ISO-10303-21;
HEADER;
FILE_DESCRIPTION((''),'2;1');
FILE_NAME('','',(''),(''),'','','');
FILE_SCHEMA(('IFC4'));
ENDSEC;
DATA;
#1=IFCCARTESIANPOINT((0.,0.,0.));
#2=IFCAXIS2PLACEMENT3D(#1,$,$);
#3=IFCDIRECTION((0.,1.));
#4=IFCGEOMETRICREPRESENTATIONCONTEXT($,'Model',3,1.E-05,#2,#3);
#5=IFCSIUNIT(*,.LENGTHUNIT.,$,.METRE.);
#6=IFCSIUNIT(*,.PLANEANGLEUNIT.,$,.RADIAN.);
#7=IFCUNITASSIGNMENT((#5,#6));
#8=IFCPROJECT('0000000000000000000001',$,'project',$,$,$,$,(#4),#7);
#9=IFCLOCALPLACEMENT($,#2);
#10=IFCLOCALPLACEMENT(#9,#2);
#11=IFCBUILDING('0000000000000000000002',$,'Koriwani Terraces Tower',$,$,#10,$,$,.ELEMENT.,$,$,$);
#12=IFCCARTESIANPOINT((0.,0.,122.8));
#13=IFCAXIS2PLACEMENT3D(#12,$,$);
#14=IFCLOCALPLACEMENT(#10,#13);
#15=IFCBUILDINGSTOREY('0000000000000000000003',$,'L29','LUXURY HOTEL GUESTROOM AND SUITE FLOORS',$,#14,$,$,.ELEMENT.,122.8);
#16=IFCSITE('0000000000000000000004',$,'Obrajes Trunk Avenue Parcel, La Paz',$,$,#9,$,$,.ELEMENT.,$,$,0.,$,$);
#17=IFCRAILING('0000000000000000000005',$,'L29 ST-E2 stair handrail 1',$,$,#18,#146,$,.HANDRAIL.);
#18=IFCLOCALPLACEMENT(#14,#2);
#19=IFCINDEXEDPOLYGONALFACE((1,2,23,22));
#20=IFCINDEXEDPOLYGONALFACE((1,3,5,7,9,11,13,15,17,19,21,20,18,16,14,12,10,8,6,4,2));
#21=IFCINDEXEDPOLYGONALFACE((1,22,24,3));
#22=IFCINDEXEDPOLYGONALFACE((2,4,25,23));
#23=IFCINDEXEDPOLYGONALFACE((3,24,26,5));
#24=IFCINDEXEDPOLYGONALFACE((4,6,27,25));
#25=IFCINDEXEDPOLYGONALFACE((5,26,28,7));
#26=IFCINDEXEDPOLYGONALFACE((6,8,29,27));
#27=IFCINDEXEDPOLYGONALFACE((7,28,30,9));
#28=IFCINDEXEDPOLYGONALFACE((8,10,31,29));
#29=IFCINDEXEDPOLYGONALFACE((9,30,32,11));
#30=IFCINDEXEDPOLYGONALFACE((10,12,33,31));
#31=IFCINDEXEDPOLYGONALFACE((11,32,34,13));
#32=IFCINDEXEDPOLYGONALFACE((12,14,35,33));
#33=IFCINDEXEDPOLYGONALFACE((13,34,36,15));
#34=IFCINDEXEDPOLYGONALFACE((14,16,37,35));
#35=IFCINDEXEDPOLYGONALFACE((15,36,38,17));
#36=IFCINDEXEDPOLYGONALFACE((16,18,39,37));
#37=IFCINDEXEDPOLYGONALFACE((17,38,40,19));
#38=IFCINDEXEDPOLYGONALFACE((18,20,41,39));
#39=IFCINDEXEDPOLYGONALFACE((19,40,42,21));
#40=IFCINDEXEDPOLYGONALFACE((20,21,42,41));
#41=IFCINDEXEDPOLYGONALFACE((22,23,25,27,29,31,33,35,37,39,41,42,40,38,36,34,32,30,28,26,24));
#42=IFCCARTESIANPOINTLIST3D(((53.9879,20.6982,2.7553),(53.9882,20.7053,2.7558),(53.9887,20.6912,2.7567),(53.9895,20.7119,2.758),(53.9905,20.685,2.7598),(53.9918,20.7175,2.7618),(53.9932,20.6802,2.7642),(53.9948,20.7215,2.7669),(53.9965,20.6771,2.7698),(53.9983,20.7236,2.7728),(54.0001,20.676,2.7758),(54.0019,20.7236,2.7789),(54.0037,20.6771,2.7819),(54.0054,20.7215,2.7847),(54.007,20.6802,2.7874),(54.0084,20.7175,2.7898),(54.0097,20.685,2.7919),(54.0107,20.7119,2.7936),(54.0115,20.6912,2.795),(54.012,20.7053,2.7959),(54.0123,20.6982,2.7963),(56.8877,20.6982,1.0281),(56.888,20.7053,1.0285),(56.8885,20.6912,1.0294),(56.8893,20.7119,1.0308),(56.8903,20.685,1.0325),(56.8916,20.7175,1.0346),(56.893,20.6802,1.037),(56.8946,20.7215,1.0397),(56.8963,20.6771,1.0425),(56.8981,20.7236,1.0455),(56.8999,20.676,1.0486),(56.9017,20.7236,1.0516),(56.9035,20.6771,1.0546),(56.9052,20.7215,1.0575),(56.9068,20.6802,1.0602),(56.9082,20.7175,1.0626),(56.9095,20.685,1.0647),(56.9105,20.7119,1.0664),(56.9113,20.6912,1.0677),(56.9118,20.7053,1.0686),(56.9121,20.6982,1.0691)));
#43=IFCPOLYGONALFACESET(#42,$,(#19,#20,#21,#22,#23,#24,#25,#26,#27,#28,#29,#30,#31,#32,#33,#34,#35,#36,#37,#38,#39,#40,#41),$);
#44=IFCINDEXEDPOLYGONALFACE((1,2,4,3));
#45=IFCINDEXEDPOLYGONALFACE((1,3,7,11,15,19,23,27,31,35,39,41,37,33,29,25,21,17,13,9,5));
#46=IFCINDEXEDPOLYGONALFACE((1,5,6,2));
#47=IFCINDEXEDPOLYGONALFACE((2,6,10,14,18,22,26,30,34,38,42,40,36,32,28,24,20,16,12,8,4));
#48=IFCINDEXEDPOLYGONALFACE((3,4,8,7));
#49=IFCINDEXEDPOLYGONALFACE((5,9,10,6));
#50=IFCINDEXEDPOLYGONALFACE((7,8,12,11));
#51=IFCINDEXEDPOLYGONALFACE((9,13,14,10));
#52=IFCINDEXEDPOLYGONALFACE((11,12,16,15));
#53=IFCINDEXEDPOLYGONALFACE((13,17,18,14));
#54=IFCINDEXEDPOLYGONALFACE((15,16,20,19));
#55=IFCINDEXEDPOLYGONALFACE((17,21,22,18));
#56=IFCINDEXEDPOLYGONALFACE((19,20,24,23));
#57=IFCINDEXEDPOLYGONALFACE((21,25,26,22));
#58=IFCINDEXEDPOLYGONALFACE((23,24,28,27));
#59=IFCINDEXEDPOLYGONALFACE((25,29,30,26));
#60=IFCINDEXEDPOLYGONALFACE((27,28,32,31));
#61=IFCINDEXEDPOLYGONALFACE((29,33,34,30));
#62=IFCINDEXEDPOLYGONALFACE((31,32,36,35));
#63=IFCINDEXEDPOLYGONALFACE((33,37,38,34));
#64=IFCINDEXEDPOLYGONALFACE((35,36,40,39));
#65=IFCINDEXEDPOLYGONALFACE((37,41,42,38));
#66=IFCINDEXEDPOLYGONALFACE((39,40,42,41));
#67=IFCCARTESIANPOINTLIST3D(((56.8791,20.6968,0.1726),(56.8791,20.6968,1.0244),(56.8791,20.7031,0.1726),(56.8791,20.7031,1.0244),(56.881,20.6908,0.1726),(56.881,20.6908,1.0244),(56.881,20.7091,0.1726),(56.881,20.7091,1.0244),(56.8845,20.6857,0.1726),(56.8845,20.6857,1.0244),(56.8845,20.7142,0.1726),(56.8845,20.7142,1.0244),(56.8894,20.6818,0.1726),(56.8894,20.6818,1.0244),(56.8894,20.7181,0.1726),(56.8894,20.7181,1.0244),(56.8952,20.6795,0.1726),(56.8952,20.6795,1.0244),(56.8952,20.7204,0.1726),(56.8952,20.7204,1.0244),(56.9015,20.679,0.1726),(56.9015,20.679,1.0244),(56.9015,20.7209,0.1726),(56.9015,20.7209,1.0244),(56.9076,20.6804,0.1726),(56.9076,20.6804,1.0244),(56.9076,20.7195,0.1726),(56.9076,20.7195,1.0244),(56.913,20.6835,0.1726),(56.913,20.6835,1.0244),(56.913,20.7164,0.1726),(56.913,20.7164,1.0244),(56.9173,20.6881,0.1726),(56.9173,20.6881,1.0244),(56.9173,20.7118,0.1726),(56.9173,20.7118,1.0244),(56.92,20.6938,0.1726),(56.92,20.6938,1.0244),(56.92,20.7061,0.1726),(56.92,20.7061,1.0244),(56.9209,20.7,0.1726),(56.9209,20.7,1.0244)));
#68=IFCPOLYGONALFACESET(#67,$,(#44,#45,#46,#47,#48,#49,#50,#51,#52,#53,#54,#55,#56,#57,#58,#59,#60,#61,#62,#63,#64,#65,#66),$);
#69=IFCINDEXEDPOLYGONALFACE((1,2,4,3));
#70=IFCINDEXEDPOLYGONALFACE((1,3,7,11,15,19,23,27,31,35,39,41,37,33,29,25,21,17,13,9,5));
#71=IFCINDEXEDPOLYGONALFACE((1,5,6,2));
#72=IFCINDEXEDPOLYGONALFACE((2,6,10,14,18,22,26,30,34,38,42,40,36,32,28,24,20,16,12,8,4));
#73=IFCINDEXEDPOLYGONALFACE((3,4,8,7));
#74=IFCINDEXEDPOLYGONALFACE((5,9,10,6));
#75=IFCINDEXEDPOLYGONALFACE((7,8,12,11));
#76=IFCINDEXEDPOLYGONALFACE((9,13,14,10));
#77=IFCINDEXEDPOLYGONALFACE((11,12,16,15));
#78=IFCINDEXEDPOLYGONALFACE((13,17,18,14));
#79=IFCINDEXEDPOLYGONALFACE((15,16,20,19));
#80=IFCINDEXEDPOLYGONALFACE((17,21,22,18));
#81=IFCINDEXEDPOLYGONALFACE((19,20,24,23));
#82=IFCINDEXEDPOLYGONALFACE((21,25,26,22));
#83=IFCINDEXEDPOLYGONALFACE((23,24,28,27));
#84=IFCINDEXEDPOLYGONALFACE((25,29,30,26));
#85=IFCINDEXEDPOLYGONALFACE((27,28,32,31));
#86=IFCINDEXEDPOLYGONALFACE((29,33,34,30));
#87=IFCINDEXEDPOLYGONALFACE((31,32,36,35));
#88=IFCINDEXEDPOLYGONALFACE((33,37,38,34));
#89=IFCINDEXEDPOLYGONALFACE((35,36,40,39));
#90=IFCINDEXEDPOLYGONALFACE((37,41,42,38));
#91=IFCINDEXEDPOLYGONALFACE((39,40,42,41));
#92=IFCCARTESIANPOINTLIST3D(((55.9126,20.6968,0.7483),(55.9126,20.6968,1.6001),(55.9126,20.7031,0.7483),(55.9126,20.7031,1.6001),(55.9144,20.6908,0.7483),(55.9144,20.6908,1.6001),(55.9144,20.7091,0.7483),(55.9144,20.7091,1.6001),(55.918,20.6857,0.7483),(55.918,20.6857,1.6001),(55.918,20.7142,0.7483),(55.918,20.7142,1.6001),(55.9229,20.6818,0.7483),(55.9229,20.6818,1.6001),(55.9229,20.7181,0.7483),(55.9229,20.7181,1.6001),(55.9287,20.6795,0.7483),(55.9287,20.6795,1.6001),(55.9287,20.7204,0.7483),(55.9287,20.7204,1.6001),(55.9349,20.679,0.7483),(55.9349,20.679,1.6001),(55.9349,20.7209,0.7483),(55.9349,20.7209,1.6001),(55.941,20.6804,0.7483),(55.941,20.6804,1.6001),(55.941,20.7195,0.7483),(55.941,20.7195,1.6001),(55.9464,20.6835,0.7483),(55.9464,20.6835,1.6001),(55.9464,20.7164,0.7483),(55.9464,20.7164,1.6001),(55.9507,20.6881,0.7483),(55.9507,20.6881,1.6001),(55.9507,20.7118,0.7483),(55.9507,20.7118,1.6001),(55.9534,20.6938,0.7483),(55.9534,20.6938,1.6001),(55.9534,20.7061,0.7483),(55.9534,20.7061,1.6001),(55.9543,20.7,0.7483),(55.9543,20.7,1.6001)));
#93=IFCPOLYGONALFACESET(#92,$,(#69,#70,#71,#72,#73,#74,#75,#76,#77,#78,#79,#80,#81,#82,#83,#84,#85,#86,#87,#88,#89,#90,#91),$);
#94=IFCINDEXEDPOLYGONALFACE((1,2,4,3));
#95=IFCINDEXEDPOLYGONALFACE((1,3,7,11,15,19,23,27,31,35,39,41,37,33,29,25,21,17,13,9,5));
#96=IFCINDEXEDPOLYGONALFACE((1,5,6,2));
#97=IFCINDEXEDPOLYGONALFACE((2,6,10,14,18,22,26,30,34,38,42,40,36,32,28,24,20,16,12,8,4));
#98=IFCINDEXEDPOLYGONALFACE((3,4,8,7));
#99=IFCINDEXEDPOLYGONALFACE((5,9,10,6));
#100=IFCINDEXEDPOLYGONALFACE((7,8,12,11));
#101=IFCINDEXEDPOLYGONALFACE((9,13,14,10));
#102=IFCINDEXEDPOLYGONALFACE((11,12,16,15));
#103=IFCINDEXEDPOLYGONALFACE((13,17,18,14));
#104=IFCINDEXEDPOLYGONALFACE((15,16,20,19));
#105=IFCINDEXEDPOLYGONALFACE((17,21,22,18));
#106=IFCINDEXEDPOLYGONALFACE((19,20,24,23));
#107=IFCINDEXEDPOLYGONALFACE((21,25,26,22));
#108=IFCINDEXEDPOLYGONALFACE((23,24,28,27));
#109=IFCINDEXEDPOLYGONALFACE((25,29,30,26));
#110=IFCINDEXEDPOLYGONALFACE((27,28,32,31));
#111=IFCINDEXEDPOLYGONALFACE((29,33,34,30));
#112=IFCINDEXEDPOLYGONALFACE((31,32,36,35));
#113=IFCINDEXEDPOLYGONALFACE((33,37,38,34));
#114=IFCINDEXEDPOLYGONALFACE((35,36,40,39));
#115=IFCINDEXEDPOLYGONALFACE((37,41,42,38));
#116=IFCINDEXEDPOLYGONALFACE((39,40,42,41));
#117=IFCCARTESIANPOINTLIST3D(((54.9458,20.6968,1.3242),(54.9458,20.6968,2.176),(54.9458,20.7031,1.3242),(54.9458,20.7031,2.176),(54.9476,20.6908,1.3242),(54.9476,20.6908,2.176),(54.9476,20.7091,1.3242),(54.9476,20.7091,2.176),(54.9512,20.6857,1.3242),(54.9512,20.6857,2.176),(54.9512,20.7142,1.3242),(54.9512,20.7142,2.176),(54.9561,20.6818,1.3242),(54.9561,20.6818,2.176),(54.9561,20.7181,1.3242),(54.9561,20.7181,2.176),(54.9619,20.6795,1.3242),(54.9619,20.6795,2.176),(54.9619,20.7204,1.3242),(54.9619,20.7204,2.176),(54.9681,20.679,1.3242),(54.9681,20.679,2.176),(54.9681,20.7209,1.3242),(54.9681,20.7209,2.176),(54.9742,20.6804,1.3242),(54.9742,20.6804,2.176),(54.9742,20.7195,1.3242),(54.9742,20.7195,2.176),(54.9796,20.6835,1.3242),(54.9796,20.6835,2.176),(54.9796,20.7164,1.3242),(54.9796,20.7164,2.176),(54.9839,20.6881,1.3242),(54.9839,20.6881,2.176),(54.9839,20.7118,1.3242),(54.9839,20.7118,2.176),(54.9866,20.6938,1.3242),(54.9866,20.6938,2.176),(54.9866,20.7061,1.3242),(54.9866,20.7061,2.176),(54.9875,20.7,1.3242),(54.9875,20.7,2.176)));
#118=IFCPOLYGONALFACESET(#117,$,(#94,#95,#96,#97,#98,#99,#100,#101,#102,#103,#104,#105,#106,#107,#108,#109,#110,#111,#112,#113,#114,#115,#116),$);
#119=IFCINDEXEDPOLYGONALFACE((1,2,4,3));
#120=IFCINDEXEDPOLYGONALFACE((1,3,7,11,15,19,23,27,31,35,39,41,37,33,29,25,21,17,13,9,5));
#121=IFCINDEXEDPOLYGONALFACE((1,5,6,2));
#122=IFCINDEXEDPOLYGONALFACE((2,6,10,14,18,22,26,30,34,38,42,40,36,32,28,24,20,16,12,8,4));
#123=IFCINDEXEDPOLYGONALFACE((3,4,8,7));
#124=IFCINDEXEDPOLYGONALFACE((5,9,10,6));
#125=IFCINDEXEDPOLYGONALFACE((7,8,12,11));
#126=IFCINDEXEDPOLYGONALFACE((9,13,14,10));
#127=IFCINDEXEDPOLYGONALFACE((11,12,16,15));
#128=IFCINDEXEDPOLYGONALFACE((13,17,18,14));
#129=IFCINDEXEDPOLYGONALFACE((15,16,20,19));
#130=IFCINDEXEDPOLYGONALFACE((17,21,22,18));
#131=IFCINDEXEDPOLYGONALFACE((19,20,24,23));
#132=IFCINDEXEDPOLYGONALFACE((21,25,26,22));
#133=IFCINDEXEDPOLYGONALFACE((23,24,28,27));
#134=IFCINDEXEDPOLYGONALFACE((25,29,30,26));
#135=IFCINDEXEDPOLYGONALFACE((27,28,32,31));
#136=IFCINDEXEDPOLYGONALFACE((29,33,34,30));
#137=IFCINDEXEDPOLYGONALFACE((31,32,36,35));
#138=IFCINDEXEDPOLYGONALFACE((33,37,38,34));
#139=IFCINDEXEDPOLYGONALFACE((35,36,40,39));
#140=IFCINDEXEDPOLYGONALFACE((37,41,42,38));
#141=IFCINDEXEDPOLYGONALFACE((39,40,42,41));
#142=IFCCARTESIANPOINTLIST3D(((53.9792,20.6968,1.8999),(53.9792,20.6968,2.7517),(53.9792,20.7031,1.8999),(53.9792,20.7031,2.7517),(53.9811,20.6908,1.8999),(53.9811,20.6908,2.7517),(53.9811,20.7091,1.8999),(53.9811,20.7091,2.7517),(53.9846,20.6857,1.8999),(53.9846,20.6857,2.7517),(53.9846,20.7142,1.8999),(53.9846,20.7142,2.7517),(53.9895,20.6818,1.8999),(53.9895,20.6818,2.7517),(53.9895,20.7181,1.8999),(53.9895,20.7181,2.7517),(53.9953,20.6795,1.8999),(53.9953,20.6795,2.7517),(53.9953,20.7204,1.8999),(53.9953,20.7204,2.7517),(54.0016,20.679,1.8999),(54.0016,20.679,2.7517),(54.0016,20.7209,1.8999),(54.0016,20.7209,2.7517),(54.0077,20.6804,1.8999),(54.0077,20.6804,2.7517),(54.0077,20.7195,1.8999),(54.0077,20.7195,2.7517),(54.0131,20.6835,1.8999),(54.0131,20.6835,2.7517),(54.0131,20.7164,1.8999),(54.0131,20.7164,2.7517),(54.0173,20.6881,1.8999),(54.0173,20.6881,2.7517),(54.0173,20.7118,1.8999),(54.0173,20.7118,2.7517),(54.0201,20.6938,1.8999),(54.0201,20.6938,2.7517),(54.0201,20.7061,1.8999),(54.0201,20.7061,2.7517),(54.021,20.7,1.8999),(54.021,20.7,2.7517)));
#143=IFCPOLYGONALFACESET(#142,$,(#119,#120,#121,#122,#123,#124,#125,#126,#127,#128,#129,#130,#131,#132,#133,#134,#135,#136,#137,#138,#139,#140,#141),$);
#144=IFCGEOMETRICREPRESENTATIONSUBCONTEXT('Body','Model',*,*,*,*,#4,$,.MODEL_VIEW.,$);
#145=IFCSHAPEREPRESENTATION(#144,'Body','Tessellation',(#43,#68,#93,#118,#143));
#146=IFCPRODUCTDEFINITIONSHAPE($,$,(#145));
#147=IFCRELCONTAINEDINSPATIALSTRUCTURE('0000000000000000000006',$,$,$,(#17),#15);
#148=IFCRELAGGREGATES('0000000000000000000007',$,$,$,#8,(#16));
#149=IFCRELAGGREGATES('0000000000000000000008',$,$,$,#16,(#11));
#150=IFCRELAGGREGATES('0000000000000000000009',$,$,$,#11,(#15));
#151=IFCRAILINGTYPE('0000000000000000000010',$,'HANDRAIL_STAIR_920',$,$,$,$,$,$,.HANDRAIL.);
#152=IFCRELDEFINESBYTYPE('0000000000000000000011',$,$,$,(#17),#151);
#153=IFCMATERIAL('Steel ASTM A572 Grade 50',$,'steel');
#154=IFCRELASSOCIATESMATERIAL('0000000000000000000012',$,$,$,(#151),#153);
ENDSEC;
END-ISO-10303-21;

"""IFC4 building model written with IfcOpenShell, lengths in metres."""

from ifc_helpers import new_model, si_unit, direction, frame, origin, origin_2d, place, context, subcontext, project, spatial, circle, extrude, material, type_object, element, save


model = new_model("IFC4")

# Units and contexts
model_context = context("Model", 3, precision=1e-05, world=origin(), true_north=direction((0.0, 1.0)))
body_context = subcontext(model_context, "Body", "Model", "MODEL_VIEW")
ifc_project = project(units=[si_unit("LENGTHUNIT", "METRE"), si_unit("PLANEANGLEUNIT", "RADIAN")], contexts=[model_context])

# Site, building, storey
site_placement = place(None, origin())
site = spatial("IfcSite", under=ifc_project, at=site_placement, Name="Obrajes Trunk Avenue Parcel, La Paz", CompositionType="ELEMENT", RefElevation=0.0)
building_placement = place(site_placement, origin())
building = spatial("IfcBuilding", under=site, at=building_placement, Name="Koriwani Terraces Tower", CompositionType="ELEMENT")
storey_placement = place(building_placement, frame((0.0, 0.0, 122.8)))
storey = spatial("IfcBuildingStorey", under=building, at=storey_placement, Name="L29", Description="LUXURY HOTEL GUESTROOM AND SUITE FLOORS", CompositionType="ELEMENT", Elevation=122.8)

# Shared definitions
ifc_material_1 = material(Name="Steel ASTM A572 Grade 50", Category="steel")

# Railing
railing_type_1 = type_object("IfcRailingType", Name="HANDRAIL_STAIR_920", PredefinedType="HANDRAIL", material=ifc_material_1)
railing_1_placement = place(storey_placement, frame((56.8999, 20.7, 0.1726)))
element("IfcRailing", 1, at=railing_1_placement, inside=storey, type_object=railing_type_1, Name="L29 ST-E2 stair handrail 1", PredefinedType="HANDRAIL", context=body_context, shape_type="SweptSolid", body=[
    extrude(circle(Radius=0.0239, at=origin_2d()), frame((0.0, 0.0, 0.876), z_axis=(-0.859141, 0.0, 0.511738), x_axis=(0.0, -1.0, 0.0)), (0.0, 0.0, 1.0), 3.3752),
    extrude(circle(Radius=0.021, at=origin_2d()), origin(), (0.0, 0.0, 1.0), 0.8518),
    extrude(circle(Radius=0.021, at=origin_2d()), frame((-0.9666, 0.0, 0.5757)), (0.0, 0.0, 1.0), 0.8518),
    extrude(circle(Radius=0.021, at=origin_2d()), frame((-1.9333, 0.0, 1.1516)), (0.0, 0.0, 1.0), 0.8518),
    extrude(circle(Radius=0.021, at=origin_2d()), frame((-2.8999, 0.0, 1.7273)), (0.0, 0.0, 1.0), 0.8518),
])

save(model, "model.ifc")
